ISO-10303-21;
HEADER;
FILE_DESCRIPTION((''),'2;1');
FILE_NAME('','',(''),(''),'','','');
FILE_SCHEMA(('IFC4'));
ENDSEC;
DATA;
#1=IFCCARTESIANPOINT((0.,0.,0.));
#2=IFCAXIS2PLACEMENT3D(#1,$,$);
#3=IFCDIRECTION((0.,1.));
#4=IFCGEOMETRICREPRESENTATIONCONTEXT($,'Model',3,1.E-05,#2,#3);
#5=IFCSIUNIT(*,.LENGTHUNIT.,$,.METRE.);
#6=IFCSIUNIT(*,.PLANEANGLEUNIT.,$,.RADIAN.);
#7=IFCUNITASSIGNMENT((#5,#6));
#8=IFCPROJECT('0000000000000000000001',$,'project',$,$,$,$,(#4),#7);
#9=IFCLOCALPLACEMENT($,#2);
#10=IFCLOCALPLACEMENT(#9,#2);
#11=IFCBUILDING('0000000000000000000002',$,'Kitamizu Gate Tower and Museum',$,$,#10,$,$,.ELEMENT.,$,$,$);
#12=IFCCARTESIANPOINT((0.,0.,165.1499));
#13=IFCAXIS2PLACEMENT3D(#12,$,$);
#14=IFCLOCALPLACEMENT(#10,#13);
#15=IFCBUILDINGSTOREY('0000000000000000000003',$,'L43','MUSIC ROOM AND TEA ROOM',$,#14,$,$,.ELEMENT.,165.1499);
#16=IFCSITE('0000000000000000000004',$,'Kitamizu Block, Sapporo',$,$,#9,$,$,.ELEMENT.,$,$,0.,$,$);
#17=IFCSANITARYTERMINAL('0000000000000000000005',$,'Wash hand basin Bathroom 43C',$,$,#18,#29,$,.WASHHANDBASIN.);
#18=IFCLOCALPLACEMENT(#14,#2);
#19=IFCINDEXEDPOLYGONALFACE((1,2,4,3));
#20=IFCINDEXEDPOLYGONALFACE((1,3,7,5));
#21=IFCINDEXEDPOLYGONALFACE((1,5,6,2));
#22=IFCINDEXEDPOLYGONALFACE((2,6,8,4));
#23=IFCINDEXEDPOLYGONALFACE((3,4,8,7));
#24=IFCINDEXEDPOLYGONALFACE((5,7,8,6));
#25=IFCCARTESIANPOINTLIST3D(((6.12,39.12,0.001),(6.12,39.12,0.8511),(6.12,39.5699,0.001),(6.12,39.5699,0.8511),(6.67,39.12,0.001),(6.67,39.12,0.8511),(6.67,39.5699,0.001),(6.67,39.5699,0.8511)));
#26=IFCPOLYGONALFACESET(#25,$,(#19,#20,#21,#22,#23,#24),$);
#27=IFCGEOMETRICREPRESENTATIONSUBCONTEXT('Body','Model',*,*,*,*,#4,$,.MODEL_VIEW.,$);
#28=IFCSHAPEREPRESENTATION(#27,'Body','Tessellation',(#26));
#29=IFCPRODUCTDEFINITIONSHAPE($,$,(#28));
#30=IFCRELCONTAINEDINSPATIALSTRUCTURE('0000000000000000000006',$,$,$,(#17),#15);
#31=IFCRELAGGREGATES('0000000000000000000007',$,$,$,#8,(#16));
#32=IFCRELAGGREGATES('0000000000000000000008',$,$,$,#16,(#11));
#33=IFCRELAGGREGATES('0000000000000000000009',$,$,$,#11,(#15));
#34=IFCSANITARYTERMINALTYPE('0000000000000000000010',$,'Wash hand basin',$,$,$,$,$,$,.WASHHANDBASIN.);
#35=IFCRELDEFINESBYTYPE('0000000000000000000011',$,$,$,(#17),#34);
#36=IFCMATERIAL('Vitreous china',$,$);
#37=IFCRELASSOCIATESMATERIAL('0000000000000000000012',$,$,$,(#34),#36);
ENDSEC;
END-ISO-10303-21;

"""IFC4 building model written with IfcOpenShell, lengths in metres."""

from ifc_helpers import new_model, si_unit, direction, frame, origin, origin_2d, place, context, subcontext, project, spatial, rectangle, extrude, material, type_object, element, save


model = new_model("IFC4")

# Units and contexts
model_context = context("Model", 3, precision=1e-05, world=origin(), true_north=direction((0.0, 1.0)))
body_context = subcontext(model_context, "Body", "Model", "MODEL_VIEW")
ifc_project = project(units=[si_unit("LENGTHUNIT", "METRE"), si_unit("PLANEANGLEUNIT", "RADIAN")], contexts=[model_context])

# Site, building, storey
site_placement = place(None, origin())
site = spatial("IfcSite", under=ifc_project, at=site_placement, Name="Kitamizu Block, Sapporo", CompositionType="ELEMENT", RefElevation=0.0)
building_placement = place(site_placement, origin())
building = spatial("IfcBuilding", under=site, at=building_placement, Name="Kitamizu Gate Tower and Museum", CompositionType="ELEMENT")
storey_placement = place(building_placement, frame((0.0, 0.0, 165.1499)))
storey = spatial("IfcBuildingStorey", under=building, at=storey_placement, Name="L43", Description="MUSIC ROOM AND TEA ROOM", CompositionType="ELEMENT", Elevation=165.1499)

# Sanitary terminal
ifc_material_1 = material(Name="Vitreous china")
sanitary_terminal_type_1 = type_object("IfcSanitaryTerminalType", Name="Wash hand basin", PredefinedType="WASHHANDBASIN", material=ifc_material_1)
for number, where, z_axis, x_axis, name in (
    (1, (6.395, 39.345, 0.001), (0.0, 0.0, 1.0), (1.0, 0.0, 0.0), "Wash hand basin Bathroom 43C"),
):
    element("IfcSanitaryTerminal", number, at=place(storey_placement, frame(where, z_axis=z_axis, x_axis=x_axis)), inside=storey, type_object=sanitary_terminal_type_1, Name=name, PredefinedType="WASHHANDBASIN", context=body_context, shape_type="SweptSolid", body=[
        extrude(rectangle(XDim=0.55, YDim=0.45, at=origin_2d()), origin(), (0.0, 0.0, 1.0), 0.8501),
    ])

save(model, "model.ifc")
